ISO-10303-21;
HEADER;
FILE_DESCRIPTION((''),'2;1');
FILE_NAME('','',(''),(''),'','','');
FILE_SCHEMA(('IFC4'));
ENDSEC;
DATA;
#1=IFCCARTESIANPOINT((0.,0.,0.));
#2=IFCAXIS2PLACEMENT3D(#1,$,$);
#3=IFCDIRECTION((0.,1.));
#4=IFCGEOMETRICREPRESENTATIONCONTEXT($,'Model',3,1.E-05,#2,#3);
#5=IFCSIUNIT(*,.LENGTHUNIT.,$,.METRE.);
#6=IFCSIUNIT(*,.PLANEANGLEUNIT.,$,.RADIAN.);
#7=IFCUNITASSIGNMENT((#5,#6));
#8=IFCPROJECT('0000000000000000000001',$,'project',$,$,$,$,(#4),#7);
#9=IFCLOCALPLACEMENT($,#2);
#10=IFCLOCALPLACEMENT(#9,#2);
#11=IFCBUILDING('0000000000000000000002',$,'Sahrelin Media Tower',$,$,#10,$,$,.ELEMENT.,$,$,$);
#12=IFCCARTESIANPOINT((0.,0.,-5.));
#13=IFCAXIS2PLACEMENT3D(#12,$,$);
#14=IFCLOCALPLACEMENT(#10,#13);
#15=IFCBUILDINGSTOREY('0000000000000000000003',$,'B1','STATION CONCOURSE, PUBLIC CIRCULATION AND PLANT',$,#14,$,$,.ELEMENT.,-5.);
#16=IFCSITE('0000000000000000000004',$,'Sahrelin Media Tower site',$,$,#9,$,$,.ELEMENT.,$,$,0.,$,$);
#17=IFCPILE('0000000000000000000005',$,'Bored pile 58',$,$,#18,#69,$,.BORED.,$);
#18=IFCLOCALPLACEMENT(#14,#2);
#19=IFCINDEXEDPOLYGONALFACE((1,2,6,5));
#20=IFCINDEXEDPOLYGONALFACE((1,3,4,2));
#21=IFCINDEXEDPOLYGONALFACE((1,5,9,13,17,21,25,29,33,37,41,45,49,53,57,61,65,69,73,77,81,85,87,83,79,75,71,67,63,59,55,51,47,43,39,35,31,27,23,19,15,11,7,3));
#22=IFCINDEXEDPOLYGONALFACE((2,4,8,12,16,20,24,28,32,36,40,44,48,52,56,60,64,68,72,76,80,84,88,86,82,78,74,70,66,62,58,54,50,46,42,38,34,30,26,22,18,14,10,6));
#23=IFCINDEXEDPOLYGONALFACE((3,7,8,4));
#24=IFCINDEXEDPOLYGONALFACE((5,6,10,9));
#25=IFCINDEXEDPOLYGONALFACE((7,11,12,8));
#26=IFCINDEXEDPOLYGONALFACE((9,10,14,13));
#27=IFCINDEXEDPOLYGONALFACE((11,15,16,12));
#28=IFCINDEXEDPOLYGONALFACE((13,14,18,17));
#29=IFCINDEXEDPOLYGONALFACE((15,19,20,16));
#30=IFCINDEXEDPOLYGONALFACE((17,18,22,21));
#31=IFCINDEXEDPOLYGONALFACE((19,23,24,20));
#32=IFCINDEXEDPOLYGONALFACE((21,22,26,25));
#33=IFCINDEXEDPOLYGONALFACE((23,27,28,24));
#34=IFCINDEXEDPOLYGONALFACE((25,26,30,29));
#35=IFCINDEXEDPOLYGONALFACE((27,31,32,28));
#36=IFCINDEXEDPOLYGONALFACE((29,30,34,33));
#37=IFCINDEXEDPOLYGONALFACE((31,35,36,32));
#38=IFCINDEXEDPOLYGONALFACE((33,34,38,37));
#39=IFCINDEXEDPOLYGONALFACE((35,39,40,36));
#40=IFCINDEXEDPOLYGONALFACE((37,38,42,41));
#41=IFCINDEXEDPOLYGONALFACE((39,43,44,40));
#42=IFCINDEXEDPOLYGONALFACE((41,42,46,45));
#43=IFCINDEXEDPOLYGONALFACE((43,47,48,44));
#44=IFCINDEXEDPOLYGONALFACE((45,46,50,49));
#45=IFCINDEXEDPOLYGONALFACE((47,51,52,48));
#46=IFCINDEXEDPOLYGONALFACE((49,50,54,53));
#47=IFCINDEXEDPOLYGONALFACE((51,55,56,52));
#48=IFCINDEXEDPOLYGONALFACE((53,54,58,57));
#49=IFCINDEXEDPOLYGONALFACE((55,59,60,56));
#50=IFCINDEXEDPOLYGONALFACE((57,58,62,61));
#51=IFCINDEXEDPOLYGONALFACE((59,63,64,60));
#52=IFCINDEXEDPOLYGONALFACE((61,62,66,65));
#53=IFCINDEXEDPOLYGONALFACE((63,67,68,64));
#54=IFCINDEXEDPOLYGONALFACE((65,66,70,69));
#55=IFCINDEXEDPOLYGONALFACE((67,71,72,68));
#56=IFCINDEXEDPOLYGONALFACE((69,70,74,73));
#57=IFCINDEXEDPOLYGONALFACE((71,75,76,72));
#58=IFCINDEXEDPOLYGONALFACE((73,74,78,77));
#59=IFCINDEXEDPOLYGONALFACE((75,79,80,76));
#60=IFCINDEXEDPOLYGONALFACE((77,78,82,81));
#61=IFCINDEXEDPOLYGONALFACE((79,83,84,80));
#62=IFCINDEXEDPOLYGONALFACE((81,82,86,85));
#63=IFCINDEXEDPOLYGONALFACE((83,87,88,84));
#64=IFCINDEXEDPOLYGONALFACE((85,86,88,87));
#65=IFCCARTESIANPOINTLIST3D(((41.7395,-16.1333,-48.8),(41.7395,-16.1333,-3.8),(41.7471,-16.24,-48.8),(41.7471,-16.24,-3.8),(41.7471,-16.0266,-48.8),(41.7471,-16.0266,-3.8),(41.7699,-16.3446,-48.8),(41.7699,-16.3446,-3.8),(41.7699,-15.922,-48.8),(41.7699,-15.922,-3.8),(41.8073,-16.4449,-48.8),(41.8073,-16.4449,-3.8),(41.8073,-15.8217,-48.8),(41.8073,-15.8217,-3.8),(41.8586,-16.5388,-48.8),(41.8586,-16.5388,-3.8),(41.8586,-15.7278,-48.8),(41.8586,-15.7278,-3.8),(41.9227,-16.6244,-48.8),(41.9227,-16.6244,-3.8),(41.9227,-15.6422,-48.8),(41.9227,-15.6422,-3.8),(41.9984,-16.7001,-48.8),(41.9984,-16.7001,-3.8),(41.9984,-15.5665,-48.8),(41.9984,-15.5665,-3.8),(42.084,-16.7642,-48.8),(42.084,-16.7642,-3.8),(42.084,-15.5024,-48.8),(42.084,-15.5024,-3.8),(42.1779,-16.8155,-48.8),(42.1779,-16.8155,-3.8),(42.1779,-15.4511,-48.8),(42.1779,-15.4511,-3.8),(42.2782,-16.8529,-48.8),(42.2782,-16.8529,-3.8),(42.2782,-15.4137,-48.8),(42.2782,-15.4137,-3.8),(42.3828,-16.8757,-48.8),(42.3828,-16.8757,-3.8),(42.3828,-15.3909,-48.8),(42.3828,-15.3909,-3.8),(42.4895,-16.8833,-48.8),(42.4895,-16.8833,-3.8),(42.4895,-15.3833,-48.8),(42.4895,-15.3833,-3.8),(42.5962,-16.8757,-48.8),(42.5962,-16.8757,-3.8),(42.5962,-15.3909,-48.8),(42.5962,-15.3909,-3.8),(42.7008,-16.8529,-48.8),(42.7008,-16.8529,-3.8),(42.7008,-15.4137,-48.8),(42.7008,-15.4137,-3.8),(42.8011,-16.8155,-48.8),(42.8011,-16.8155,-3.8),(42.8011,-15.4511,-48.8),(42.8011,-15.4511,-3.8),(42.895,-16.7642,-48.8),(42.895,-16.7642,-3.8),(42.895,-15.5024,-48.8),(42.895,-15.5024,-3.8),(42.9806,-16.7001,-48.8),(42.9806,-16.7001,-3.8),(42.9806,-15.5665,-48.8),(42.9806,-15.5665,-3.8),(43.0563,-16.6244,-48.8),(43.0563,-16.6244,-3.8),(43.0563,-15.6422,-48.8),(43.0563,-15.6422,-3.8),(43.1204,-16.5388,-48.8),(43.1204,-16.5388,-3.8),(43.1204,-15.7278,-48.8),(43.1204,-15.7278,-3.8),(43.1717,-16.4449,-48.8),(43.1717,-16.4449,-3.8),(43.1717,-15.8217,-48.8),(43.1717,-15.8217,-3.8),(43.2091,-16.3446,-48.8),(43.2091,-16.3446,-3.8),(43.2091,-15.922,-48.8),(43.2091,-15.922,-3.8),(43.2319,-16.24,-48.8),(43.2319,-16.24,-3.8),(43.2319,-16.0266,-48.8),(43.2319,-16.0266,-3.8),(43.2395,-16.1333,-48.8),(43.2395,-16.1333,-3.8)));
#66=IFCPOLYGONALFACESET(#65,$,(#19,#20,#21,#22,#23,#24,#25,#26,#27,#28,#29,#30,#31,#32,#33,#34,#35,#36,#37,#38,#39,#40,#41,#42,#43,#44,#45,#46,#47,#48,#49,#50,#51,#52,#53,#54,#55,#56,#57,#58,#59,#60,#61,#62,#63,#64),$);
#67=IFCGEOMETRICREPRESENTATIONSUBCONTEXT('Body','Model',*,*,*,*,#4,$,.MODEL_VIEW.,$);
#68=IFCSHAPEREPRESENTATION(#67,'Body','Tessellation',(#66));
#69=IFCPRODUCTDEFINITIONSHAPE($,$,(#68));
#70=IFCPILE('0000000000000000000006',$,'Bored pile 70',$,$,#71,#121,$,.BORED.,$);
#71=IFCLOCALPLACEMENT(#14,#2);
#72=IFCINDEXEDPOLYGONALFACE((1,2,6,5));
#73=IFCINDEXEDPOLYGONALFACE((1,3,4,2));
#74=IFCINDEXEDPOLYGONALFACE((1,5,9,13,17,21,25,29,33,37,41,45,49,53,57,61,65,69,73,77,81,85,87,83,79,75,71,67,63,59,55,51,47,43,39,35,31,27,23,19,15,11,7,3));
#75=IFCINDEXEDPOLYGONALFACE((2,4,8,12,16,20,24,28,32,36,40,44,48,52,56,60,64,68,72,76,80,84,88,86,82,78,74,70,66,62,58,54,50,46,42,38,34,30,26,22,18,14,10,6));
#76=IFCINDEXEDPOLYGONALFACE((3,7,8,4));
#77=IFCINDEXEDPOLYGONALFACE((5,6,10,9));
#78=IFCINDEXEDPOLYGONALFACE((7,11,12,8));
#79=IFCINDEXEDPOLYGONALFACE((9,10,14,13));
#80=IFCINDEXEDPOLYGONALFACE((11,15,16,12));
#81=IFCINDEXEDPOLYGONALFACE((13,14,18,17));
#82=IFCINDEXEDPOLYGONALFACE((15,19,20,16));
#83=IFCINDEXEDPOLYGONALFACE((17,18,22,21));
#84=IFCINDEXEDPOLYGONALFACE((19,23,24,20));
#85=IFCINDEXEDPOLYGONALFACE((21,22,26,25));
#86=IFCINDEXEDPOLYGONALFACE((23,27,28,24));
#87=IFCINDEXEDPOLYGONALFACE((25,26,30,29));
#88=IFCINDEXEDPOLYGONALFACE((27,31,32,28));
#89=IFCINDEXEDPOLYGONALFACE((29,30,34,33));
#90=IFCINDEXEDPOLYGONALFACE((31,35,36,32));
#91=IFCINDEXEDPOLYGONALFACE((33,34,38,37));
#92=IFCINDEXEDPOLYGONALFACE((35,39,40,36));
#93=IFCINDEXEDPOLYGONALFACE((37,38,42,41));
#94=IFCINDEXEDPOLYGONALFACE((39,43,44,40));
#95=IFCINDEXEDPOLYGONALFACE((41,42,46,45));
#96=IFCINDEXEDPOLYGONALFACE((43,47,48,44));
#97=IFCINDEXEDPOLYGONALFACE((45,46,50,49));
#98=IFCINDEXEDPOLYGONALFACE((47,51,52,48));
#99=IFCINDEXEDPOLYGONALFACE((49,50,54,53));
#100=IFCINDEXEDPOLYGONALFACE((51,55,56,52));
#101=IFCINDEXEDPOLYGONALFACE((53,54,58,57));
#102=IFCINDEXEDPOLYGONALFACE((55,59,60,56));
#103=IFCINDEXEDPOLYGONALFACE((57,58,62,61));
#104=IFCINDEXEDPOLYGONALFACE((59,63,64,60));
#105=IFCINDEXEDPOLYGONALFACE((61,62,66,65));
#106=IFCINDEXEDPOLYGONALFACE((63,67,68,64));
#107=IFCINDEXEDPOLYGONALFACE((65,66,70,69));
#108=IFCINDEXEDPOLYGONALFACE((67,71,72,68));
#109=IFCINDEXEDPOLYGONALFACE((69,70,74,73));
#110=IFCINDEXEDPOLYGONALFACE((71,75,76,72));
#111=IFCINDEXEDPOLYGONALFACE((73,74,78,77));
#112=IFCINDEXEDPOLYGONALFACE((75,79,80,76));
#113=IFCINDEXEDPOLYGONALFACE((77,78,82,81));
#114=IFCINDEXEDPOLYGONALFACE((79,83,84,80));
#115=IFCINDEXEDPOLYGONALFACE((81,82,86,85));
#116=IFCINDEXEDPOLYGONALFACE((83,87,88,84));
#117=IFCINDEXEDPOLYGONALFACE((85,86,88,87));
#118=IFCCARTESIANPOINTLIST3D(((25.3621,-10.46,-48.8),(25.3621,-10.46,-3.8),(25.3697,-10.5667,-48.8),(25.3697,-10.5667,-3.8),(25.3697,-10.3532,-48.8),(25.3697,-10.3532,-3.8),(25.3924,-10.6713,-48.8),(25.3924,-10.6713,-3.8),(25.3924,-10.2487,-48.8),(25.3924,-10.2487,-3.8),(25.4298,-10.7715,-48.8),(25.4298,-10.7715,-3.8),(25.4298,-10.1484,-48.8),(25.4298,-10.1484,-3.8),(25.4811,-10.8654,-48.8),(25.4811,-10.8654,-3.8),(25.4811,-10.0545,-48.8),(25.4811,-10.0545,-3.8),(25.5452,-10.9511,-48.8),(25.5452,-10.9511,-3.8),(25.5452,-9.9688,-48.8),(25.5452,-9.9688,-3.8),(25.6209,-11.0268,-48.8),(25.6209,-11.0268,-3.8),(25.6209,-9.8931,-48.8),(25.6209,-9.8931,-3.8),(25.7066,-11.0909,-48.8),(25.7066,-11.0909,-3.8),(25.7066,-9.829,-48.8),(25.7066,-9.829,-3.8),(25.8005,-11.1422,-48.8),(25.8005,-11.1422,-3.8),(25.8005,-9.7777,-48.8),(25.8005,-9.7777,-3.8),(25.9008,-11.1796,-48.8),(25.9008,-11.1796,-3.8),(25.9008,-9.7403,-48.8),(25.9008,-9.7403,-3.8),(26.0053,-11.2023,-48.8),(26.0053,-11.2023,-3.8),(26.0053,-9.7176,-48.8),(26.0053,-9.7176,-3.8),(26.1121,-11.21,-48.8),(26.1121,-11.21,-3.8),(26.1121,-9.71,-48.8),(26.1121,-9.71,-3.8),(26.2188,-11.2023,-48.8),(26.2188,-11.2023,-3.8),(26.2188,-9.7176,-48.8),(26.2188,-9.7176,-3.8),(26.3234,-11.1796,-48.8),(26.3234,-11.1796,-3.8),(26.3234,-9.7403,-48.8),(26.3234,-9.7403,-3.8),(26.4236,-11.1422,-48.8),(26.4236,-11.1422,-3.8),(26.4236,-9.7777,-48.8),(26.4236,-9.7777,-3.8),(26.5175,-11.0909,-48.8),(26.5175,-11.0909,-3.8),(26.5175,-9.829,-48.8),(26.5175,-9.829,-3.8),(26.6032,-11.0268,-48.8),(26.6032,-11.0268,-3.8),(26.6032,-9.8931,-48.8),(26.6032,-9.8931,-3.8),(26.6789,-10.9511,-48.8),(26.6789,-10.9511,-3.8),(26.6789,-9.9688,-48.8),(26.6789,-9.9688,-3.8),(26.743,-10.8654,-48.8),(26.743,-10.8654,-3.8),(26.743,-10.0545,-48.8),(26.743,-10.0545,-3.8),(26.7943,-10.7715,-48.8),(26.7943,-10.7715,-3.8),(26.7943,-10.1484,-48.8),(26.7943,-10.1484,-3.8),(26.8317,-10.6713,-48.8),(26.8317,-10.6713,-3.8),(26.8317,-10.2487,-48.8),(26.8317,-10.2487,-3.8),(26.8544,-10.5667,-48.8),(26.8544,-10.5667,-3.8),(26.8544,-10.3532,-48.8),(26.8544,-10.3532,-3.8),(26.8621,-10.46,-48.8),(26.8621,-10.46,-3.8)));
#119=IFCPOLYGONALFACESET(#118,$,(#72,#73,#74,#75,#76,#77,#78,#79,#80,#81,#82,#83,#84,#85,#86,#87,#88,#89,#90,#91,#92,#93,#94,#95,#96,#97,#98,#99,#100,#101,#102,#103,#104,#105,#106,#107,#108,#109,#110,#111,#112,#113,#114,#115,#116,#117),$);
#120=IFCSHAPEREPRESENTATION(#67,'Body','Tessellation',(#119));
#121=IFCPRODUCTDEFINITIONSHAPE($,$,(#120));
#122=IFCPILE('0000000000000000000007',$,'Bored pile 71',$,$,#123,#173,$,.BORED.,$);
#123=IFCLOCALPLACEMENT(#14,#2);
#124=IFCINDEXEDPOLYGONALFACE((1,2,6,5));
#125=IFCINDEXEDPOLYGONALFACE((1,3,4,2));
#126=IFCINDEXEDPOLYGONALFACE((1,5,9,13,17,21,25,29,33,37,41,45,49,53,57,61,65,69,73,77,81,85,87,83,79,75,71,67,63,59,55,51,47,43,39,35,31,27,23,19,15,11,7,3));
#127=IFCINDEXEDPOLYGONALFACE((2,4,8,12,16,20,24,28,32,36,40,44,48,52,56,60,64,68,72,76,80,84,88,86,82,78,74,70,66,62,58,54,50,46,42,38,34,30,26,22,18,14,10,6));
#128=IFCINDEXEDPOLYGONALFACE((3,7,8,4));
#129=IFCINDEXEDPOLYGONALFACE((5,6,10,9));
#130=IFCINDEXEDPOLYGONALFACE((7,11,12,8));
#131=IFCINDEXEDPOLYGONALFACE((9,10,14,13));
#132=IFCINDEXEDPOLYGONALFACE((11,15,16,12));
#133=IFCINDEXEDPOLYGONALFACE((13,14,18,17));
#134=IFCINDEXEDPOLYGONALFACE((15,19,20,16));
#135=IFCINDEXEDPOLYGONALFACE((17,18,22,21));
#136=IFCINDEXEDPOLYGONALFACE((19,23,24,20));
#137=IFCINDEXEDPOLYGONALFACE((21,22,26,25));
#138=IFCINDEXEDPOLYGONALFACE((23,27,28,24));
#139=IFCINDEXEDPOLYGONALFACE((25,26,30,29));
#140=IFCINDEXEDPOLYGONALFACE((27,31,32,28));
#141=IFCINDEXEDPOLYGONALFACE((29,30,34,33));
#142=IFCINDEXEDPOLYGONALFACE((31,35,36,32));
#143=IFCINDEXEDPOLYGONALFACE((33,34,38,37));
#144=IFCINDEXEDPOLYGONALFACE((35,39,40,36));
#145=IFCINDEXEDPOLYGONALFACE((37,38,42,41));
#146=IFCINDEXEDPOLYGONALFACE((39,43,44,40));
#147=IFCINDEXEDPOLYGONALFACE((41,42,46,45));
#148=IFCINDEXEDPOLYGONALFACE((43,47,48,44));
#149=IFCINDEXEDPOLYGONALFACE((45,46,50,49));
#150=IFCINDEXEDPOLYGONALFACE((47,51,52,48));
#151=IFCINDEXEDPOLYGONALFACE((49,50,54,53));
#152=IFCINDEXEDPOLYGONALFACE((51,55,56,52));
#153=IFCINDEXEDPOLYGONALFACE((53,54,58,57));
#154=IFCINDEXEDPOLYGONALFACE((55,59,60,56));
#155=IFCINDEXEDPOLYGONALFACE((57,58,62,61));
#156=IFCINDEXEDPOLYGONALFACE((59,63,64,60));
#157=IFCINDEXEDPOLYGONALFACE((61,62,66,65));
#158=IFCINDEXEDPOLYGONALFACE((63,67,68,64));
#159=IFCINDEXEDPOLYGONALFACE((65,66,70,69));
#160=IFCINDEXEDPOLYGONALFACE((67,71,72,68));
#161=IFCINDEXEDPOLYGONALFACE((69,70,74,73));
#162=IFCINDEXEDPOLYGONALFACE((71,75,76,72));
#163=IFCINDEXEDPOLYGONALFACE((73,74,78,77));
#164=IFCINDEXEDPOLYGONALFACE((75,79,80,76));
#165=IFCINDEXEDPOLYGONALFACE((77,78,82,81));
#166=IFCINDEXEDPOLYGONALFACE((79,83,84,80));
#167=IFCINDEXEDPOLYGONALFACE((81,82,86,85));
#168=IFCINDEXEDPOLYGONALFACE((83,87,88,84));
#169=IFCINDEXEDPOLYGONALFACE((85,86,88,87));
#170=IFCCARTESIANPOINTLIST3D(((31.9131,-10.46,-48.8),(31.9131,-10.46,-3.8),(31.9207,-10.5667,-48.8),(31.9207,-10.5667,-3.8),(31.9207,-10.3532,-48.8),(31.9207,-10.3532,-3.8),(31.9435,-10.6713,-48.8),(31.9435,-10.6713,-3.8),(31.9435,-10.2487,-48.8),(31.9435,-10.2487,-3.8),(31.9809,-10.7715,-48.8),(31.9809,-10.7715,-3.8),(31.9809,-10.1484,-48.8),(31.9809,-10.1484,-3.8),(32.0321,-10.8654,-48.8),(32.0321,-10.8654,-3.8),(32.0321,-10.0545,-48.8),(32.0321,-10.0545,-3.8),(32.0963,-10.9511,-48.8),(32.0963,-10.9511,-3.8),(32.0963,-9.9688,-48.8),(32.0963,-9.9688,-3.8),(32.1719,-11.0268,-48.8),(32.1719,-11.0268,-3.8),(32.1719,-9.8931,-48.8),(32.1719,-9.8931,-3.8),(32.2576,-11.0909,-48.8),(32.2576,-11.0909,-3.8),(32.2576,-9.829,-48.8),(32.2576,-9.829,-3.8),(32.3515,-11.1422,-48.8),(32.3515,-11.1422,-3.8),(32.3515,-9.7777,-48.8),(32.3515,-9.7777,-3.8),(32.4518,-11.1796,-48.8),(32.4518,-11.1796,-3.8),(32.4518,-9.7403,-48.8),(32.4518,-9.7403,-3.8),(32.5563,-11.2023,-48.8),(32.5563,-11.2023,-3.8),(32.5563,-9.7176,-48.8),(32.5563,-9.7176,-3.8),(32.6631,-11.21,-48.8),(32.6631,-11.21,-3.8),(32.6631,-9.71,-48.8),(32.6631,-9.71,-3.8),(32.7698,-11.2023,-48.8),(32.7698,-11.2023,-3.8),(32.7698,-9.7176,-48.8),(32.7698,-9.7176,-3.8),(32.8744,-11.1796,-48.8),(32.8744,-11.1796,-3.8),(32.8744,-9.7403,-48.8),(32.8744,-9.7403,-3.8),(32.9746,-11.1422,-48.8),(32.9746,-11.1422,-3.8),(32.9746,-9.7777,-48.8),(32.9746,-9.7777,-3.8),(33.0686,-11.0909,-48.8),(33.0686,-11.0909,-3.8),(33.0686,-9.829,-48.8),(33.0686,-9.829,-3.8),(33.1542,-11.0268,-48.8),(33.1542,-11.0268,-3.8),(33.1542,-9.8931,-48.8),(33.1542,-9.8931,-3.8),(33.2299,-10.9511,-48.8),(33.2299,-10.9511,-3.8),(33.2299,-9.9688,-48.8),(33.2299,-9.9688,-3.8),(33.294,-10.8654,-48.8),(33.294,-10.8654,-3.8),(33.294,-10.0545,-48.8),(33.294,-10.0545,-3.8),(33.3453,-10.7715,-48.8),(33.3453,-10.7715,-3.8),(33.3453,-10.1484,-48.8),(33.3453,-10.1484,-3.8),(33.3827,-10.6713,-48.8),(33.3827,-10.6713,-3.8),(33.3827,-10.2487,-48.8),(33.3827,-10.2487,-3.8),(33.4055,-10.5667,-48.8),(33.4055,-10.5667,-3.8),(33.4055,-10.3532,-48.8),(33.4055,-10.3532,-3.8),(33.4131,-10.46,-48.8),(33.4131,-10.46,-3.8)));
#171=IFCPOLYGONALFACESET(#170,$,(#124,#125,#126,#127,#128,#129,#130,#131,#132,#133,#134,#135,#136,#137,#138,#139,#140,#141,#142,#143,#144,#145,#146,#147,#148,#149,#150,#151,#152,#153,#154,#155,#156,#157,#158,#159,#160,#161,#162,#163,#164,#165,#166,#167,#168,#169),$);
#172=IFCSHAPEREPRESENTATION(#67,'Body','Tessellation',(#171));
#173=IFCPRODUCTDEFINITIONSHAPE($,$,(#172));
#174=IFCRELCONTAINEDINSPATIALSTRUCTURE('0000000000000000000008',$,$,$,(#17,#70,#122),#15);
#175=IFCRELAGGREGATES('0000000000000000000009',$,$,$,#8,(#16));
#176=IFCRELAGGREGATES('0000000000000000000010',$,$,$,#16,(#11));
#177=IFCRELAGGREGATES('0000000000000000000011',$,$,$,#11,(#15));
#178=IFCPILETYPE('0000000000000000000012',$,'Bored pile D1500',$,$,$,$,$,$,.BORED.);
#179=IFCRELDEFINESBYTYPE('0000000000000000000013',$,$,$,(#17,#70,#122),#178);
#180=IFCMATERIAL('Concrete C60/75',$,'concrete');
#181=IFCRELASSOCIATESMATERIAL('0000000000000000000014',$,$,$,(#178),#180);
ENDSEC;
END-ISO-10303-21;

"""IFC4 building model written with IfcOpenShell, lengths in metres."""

from ifc_helpers import new_model, si_unit, direction, frame, origin, origin_2d, place, context, subcontext, project, spatial, circle, extrude, material, material_profile, profile_set, type_object, element, save


model = new_model("IFC4")

# Units and contexts
model_context = context("Model", 3, precision=1e-05, world=origin(), true_north=direction((0.0, 1.0)))
body_context = subcontext(model_context, "Body", "Model", "MODEL_VIEW")
ifc_project = project(units=[si_unit("LENGTHUNIT", "METRE"), si_unit("PLANEANGLEUNIT", "RADIAN")], contexts=[model_context])

# Site, building, storey
site_placement = place(None, origin())
site = spatial("IfcSite", under=ifc_project, at=site_placement, Name="Sahrelin Media Tower site", CompositionType="ELEMENT", RefElevation=0.0)
building_placement = place(site_placement, origin())
building = spatial("IfcBuilding", under=site, at=building_placement, Name="Sahrelin Media Tower", CompositionType="ELEMENT")
storey_placement = place(building_placement, frame((0.0, 0.0, -5.0)))
storey = spatial("IfcBuildingStorey", under=building, at=storey_placement, Name="B1", Description="STATION CONCOURSE, PUBLIC CIRCULATION AND PLANT", CompositionType="ELEMENT", Elevation=-5.0)

# Piles
ifc_material_1 = material(Name="Concrete C60/75", Category="concrete")
ifc_material_profile_1 = material_profile(ifc_material_1, circle(Radius=0.75, at=origin_2d()), Name="Bored pile D1500")
ifc_profile_set_1 = profile_set([ifc_material_profile_1], Name="Concrete C60/75")
pile_type = type_object("IfcPileType", Name="Bored pile D1500", PredefinedType="BORED", material=ifc_profile_set_1)
for number, where, z_axis, x_axis, name in (
    (1, (42.4895, -16.1333, -3.8), (0.0, 0.0, -1.0), (1.0, 0.0, 0.0), "Bored pile 58"),
    (2, (26.1121, -10.46, -3.8), (0.0, 0.0, -1.0), (1.0, 0.0, 0.0), "Bored pile 70"),
    (3, (32.6631, -10.46, -3.8), (0.0, 0.0, -1.0), (1.0, 0.0, 0.0), "Bored pile 71"),
):
    element("IfcPile", number, at=place(storey_placement, frame(where, z_axis=z_axis, x_axis=x_axis)), inside=storey, type_object=pile_type, Name=name, PredefinedType="BORED", context=body_context, shape_type="SweptSolid", body=[
        extrude(circle(Radius=0.75, at=origin_2d()), origin(), (0.0, 0.0, 1.0), 45.0),
    ])

save(model, "model.ifc")
